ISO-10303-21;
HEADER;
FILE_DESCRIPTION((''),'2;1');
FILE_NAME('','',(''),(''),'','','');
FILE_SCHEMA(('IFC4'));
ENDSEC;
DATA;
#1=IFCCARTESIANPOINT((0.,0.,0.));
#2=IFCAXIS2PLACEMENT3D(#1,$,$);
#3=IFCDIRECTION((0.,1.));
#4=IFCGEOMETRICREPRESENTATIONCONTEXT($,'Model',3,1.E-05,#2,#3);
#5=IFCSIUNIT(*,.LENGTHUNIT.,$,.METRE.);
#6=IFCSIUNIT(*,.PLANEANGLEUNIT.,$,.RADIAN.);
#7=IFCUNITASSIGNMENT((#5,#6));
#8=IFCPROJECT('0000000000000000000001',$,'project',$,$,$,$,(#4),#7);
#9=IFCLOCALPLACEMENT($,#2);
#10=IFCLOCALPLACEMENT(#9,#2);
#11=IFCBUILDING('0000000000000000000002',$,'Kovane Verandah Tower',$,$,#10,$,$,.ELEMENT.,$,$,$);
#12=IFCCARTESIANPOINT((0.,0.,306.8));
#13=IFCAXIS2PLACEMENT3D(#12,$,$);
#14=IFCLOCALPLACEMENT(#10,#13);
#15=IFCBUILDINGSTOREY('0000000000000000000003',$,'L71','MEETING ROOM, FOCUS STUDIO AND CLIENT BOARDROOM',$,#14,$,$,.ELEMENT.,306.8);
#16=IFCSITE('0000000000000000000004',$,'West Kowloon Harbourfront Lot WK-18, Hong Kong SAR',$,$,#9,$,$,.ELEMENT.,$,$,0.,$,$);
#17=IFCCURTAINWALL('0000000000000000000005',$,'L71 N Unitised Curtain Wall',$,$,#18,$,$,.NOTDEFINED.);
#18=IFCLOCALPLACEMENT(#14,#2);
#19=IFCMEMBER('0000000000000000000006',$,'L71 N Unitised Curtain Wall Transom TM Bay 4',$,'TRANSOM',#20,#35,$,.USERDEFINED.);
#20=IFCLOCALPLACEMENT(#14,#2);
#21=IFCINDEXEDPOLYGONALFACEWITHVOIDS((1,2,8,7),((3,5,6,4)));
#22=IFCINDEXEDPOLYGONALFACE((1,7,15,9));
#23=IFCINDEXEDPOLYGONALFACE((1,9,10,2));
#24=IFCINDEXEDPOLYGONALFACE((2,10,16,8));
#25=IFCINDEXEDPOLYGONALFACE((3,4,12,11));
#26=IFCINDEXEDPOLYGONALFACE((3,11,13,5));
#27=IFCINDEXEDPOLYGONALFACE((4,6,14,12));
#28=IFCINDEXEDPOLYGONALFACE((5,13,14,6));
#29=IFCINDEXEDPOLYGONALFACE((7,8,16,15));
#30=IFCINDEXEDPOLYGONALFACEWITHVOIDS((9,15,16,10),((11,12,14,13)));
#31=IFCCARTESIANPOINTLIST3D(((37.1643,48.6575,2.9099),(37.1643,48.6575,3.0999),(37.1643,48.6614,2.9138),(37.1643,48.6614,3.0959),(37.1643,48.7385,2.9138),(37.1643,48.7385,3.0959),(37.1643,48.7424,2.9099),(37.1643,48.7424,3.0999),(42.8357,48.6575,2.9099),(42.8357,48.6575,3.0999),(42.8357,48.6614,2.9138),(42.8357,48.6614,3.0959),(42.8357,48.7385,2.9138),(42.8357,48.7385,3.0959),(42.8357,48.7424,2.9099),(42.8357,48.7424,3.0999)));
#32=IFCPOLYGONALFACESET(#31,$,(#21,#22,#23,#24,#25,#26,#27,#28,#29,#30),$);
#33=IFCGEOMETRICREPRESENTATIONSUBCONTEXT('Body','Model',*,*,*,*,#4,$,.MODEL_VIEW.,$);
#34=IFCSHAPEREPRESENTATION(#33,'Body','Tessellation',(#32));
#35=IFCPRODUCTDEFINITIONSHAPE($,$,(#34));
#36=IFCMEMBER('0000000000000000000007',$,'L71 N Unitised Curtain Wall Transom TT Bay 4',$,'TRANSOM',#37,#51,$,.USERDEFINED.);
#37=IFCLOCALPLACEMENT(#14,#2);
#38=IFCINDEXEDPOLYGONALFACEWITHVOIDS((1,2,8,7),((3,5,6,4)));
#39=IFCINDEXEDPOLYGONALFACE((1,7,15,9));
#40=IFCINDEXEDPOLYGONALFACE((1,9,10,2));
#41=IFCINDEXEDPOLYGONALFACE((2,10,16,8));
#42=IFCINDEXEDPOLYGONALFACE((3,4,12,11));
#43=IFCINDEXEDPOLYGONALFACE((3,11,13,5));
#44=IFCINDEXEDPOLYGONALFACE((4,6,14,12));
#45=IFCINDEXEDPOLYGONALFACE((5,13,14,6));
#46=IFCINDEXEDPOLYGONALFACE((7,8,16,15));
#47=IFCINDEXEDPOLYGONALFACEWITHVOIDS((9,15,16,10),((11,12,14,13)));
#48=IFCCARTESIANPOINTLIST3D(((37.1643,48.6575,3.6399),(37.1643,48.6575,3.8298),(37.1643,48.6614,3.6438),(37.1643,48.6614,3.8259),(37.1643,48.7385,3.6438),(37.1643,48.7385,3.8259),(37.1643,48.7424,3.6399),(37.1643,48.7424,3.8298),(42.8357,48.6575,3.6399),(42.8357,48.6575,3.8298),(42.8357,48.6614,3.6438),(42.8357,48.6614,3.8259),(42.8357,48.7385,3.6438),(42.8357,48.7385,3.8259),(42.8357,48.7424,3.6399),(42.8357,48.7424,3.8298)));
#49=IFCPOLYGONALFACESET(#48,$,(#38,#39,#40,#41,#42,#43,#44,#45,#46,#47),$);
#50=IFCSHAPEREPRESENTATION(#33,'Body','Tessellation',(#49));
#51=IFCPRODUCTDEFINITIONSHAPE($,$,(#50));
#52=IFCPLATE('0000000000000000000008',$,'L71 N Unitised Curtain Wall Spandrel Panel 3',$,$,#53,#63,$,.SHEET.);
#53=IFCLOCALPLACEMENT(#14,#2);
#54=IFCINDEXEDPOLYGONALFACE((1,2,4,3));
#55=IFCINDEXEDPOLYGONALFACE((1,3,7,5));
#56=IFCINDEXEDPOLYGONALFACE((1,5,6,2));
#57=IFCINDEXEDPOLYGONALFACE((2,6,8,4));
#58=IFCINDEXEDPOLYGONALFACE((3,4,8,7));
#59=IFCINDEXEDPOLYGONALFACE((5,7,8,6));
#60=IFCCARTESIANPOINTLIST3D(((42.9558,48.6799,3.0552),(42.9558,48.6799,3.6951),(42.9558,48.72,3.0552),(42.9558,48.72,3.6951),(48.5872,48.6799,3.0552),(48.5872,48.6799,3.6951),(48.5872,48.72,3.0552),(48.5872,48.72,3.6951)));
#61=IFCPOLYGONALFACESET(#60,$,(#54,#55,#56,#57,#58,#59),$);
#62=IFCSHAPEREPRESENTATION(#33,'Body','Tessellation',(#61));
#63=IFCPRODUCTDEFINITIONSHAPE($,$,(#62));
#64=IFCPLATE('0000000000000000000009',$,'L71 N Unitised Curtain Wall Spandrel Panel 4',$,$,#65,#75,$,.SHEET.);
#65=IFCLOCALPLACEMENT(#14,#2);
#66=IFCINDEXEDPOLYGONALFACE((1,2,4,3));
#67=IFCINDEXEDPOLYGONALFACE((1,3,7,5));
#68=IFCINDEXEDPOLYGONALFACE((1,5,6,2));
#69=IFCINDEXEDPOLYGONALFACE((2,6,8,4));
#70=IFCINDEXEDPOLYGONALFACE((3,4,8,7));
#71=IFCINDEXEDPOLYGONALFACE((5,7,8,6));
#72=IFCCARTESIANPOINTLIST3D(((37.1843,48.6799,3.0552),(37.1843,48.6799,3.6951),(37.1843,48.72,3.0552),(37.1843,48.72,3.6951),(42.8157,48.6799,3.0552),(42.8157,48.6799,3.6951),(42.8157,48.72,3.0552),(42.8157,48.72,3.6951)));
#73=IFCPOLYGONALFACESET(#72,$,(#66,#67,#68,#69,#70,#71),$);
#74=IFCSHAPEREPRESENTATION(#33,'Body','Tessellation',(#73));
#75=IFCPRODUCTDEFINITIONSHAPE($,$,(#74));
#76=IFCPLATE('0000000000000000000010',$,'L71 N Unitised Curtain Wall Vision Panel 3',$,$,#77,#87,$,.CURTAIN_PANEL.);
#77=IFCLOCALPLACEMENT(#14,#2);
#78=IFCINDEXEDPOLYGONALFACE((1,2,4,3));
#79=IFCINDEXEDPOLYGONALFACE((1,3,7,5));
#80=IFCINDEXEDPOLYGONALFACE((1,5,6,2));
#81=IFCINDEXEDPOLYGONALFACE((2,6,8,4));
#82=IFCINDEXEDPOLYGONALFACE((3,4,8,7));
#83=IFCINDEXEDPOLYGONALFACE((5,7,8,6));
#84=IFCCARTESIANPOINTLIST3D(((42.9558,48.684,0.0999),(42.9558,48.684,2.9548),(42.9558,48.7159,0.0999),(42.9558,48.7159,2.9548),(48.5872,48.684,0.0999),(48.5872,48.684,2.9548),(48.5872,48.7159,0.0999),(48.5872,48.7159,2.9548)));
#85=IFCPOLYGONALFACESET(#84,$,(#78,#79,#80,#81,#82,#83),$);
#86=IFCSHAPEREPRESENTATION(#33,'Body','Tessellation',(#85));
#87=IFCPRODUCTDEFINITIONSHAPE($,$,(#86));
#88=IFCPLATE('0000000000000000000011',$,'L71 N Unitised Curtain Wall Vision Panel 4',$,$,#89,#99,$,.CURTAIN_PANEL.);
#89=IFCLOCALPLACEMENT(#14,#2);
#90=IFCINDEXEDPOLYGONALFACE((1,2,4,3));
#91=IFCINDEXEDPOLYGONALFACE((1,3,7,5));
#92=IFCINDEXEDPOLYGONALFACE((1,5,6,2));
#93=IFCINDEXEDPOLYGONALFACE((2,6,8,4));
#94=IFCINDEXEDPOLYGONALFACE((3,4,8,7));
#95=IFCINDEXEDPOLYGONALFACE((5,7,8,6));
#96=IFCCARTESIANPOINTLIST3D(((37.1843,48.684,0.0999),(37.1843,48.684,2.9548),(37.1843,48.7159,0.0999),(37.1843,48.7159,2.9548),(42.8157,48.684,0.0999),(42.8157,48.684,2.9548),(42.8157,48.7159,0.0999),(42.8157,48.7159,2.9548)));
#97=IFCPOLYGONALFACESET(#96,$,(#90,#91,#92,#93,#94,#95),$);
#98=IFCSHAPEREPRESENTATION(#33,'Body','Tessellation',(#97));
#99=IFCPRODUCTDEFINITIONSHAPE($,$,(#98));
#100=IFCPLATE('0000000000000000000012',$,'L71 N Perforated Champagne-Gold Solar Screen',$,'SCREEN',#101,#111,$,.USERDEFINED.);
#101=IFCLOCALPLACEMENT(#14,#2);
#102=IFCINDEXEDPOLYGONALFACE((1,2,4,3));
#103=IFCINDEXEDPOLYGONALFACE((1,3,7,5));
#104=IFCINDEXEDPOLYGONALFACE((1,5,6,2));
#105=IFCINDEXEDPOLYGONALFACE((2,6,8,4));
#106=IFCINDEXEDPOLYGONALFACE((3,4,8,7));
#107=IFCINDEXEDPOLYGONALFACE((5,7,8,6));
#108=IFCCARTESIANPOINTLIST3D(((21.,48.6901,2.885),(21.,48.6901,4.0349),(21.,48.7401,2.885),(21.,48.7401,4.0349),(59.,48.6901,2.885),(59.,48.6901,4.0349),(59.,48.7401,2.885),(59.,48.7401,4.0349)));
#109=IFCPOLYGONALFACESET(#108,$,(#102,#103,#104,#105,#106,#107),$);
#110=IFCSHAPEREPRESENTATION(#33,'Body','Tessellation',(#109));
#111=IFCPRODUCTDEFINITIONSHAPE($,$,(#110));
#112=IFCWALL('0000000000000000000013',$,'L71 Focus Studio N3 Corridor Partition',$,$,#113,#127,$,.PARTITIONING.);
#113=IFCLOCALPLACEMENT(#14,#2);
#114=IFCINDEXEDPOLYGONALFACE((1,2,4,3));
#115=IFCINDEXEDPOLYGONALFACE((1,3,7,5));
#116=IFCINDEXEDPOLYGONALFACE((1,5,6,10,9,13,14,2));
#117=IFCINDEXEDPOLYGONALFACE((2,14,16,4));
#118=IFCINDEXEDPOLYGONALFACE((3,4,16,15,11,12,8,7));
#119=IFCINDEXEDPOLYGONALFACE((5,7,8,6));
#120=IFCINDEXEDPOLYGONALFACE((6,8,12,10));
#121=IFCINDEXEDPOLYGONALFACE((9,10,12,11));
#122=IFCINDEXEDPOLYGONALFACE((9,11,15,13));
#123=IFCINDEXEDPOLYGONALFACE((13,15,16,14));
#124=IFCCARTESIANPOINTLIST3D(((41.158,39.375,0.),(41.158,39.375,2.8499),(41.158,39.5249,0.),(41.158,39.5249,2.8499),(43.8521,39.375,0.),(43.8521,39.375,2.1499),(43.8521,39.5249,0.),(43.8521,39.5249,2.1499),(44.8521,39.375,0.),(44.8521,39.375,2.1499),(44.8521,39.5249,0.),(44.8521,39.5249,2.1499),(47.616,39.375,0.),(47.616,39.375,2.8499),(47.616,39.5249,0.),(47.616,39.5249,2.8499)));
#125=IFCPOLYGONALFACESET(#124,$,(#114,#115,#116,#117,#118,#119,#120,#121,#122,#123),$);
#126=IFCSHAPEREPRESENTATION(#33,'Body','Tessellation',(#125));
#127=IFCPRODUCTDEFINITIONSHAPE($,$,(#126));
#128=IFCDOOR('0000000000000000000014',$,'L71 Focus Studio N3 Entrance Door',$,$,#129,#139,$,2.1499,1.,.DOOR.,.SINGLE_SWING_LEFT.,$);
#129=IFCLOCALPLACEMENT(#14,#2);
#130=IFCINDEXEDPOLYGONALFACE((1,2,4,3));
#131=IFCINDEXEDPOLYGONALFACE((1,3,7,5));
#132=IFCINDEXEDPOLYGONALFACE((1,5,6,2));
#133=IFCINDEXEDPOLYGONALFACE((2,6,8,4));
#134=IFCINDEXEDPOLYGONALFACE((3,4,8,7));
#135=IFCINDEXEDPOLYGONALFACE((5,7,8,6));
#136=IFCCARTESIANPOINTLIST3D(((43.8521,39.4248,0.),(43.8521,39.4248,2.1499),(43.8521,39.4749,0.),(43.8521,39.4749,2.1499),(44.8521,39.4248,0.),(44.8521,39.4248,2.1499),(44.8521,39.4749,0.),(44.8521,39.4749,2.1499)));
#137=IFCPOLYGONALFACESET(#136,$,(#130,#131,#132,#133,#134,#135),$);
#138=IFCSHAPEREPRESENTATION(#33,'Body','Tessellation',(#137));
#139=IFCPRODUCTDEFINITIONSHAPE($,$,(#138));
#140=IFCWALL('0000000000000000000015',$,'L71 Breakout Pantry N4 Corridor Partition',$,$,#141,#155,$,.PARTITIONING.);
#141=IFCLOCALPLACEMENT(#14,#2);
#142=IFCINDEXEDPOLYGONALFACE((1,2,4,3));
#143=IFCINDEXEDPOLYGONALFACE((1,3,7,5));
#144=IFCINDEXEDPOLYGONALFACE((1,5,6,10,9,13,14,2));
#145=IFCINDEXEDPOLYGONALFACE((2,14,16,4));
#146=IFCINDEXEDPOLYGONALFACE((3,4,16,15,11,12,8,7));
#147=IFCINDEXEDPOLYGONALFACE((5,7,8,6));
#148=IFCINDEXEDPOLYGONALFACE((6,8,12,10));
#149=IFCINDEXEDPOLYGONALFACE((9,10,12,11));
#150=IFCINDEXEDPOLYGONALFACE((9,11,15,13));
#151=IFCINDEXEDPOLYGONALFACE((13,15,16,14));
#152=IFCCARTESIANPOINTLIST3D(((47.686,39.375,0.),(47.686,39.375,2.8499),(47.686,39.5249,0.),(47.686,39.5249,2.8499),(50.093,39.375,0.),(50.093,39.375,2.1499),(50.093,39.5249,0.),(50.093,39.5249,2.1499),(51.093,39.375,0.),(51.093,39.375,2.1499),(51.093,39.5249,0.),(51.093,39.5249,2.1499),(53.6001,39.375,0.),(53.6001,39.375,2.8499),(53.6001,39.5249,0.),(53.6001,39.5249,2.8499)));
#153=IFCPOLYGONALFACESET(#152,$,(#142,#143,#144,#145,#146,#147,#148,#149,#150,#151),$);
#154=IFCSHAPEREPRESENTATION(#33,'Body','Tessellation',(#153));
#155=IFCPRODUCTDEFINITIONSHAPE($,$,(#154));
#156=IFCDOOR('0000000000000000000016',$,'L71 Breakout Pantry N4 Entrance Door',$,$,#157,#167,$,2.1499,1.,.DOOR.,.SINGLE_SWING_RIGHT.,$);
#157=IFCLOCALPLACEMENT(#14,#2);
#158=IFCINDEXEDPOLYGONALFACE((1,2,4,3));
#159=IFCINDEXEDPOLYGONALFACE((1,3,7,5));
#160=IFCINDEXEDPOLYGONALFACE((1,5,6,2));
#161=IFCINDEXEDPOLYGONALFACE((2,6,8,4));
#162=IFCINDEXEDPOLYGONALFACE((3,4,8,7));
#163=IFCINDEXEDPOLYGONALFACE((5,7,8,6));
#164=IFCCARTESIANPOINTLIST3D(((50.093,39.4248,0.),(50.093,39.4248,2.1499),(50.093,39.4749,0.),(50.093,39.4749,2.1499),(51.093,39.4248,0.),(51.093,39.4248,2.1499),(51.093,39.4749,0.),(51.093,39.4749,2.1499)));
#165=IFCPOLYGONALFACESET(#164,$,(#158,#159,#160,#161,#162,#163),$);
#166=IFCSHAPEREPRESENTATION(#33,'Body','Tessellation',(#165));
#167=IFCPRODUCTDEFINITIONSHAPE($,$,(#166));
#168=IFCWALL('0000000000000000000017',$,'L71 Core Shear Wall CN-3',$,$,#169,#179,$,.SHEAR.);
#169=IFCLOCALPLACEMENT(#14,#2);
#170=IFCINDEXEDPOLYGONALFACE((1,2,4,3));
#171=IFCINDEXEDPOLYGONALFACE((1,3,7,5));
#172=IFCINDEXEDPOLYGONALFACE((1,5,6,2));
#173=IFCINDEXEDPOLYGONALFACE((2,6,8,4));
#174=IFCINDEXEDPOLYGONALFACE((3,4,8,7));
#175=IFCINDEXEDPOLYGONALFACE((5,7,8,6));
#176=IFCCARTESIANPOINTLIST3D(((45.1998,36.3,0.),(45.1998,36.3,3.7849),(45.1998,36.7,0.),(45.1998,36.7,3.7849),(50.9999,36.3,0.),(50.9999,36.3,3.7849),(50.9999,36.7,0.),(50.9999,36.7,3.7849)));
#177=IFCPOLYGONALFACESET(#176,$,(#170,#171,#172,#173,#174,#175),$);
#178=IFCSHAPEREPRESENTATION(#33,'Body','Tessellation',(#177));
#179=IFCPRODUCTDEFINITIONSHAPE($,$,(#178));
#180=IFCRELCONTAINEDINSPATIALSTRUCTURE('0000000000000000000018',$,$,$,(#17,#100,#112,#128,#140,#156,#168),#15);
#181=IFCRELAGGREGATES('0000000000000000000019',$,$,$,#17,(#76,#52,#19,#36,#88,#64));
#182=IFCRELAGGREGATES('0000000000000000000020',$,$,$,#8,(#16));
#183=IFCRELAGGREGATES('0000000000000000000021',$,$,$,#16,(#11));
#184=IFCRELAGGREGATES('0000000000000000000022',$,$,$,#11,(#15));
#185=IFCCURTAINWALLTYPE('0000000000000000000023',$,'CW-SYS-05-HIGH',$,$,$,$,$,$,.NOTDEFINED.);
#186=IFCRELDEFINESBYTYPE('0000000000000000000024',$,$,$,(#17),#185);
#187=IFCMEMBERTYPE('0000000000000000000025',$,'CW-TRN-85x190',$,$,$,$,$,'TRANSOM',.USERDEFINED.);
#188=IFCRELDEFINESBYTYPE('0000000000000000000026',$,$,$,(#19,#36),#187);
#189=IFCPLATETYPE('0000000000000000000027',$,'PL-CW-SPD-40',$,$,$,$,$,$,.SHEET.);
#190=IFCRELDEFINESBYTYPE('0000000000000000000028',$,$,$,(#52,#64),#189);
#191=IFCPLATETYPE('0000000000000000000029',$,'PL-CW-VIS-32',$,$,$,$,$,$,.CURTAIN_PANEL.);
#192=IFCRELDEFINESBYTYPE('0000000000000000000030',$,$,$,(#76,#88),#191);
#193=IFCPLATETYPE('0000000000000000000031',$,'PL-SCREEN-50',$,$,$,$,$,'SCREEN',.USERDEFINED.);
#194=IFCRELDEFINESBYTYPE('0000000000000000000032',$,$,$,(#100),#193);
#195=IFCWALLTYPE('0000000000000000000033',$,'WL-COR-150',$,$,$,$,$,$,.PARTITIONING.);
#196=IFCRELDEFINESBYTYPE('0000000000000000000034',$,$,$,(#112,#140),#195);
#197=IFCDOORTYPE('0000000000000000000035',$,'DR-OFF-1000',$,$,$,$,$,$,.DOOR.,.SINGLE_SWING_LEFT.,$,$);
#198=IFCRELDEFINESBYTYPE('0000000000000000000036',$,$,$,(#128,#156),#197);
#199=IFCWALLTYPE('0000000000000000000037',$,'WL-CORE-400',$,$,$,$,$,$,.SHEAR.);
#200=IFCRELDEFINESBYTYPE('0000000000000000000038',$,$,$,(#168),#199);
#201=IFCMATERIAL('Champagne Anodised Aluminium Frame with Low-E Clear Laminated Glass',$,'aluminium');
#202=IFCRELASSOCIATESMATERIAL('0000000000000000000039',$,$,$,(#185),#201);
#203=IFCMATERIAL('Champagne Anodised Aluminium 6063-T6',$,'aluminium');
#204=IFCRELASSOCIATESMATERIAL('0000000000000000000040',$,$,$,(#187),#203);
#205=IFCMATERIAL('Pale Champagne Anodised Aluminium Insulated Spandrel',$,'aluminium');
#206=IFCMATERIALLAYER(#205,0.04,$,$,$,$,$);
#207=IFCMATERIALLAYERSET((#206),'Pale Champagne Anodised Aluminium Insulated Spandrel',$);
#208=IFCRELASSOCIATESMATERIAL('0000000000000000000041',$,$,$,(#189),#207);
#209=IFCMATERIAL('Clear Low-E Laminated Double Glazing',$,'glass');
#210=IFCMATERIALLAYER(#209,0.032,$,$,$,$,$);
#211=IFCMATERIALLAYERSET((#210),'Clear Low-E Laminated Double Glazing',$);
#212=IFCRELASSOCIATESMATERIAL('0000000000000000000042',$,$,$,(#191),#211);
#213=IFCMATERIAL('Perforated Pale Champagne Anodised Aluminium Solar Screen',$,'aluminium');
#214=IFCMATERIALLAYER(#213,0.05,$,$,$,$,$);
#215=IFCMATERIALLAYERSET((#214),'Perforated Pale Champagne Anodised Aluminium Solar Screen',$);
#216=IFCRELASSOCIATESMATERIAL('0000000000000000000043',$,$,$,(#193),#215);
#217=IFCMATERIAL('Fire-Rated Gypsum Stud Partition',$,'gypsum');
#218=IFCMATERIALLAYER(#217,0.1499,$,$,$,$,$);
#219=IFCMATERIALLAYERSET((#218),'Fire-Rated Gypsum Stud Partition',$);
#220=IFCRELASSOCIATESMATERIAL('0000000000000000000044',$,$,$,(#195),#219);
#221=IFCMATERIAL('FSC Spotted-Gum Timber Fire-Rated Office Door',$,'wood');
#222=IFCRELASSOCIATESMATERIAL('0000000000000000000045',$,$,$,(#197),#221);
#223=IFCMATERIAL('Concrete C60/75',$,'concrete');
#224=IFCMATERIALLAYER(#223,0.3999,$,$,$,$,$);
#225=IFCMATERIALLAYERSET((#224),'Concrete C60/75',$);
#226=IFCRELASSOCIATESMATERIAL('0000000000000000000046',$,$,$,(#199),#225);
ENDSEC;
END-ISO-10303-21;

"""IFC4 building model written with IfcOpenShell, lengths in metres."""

from ifc_helpers import new_model, si_unit, direction, frame, frame_2d, origin, origin_2d, place, context, subcontext, project, spatial, rectangle, hollow_rectangle, extrude, material, layer, layer_set, material_profile, profile_set, type_object, element, fill, aggregate, save


model = new_model("IFC4")

# Units and contexts
model_context = context("Model", 3, precision=1e-05, world=origin(), true_north=direction((0.0, 1.0)))
body_context = subcontext(model_context, "Body", "Model", "MODEL_VIEW")
ifc_project = project(units=[si_unit("LENGTHUNIT", "METRE"), si_unit("PLANEANGLEUNIT", "RADIAN")], contexts=[model_context])

# Site, building, storey
site_placement = place(None, origin())
site = spatial("IfcSite", under=ifc_project, at=site_placement, Name="West Kowloon Harbourfront Lot WK-18, Hong Kong SAR", CompositionType="ELEMENT", RefElevation=0.0)
building_placement = place(site_placement, origin())
building = spatial("IfcBuilding", under=site, at=building_placement, Name="Kovane Verandah Tower", CompositionType="ELEMENT")
storey_placement = place(building_placement, frame((0.0, 0.0, 306.8)))
storey = spatial("IfcBuildingStorey", under=building, at=storey_placement, Name="L71", Description="MEETING ROOM, FOCUS STUDIO AND CLIENT BOARDROOM", CompositionType="ELEMENT", Elevation=306.8)

# Shared definitions
ifc_material_1 = material(Name="Concrete C60/75", Category="concrete")

# Curtain wall, members, plates
ifc_material_2 = material(Name="Champagne Anodised Aluminium Frame with Low-E Clear Laminated Glass", Category="aluminium")
curtain_wall_type = type_object("IfcCurtainWallType", Name="CW-SYS-05-HIGH", PredefinedType="NOTDEFINED", material=ifc_material_2)
curtain_wall_placement = place(storey_placement, origin())
curtain_wall = element("IfcCurtainWall", 1, at=curtain_wall_placement, inside=storey, type_object=curtain_wall_type, Name="L71 N Unitised Curtain Wall", PredefinedType="NOTDEFINED")
ifc_material_3 = material(Name="Champagne Anodised Aluminium 6063-T6", Category="aluminium")
ifc_material_profile_1 = material_profile(ifc_material_3, hollow_rectangle(XDim=0.085, YDim=0.1899, WallThickness=0.0039, at=origin_2d()), Name="AL85x190x4")
ifc_profile_set_1 = profile_set([ifc_material_profile_1], Name="Champagne Anodised Aluminium 6063-T6")
member_type_1 = type_object("IfcMemberType", Name="CW-TRN-85x190", ElementType="TRANSOM", PredefinedType="USERDEFINED", material=ifc_profile_set_1)
member_1_placement = place(storey_placement, frame((42.8357, 48.7, 3.0049), z_axis=(-1.0, 0.0, 0.0), x_axis=(0.0, -1.0, 0.0)))
member_1 = element("IfcMember", 2, at=member_1_placement, type_object=member_type_1, Name="L71 N Unitised Curtain Wall Transom TM Bay 4", ObjectType="TRANSOM", PredefinedType="USERDEFINED", context=body_context, shape_type="SweptSolid", body=[
    extrude(hollow_rectangle(XDim=0.085, YDim=0.1899, WallThickness=0.0039, at=origin_2d()), origin(), (0.0, 0.0, 1.0), 5.6714),
])
member_2_placement = place(storey_placement, frame((42.8357, 48.7, 3.7349), z_axis=(-1.0, 0.0, 0.0), x_axis=(0.0, -1.0, 0.0)))
member_2 = element("IfcMember", 3, at=member_2_placement, type_object=member_type_1, Name="L71 N Unitised Curtain Wall Transom TT Bay 4", ObjectType="TRANSOM", PredefinedType="USERDEFINED", context=body_context, shape_type="SweptSolid", body=[
    extrude(hollow_rectangle(XDim=0.085, YDim=0.1899, WallThickness=0.0039, at=origin_2d()), origin(), (0.0, 0.0, 1.0), 5.6714),
])
ifc_material_4 = material(Name="Pale Champagne Anodised Aluminium Insulated Spandrel", Category="aluminium")
ifc_layer_1 = layer(ifc_material_4, 0.04)
ifc_layer_set_1 = layer_set([ifc_layer_1], Name="Pale Champagne Anodised Aluminium Insulated Spandrel")
plate_type_1 = type_object("IfcPlateType", Name="PL-CW-SPD-40", PredefinedType="SHEET", material=ifc_layer_set_1)
plate_1_placement = place(storey_placement, frame((45.7715, 48.7, 3.0552), z_axis=(0.0, 0.0, 1.0), x_axis=(-1.0, 0.0, 0.0)))
plate_1 = element("IfcPlate", 4, at=plate_1_placement, type_object=plate_type_1, Name="L71 N Unitised Curtain Wall Spandrel Panel 3", PredefinedType="SHEET", context=body_context, shape_type="SweptSolid", body=[
    extrude(rectangle(XDim=5.6313, YDim=0.04, at=origin_2d()), origin(), (0.0, 0.0, 1.0), 0.6399),
])
plate_2_placement = place(storey_placement, frame((40.0, 48.7, 3.0552), z_axis=(0.0, 0.0, 1.0), x_axis=(-1.0, 0.0, 0.0)))
plate_2 = element("IfcPlate", 5, at=plate_2_placement, type_object=plate_type_1, Name="L71 N Unitised Curtain Wall Spandrel Panel 4", PredefinedType="SHEET", context=body_context, shape_type="SweptSolid", body=[
    extrude(rectangle(XDim=5.6313, YDim=0.04, at=origin_2d()), origin(), (0.0, 0.0, 1.0), 0.6399),
])
ifc_material_5 = material(Name="Clear Low-E Laminated Double Glazing", Category="glass")
ifc_layer_2 = layer(ifc_material_5, 0.032)
ifc_layer_set_2 = layer_set([ifc_layer_2], Name="Clear Low-E Laminated Double Glazing")
plate_type_2 = type_object("IfcPlateType", Name="PL-CW-VIS-32", PredefinedType="CURTAIN_PANEL", material=ifc_layer_set_2)
plate_3_placement = place(storey_placement, frame((45.7715, 48.7, 0.0999), z_axis=(0.0, 0.0, 1.0), x_axis=(-1.0, 0.0, 0.0)))
plate_3 = element("IfcPlate", 6, at=plate_3_placement, type_object=plate_type_2, Name="L71 N Unitised Curtain Wall Vision Panel 3", PredefinedType="CURTAIN_PANEL", context=body_context, shape_type="SweptSolid", body=[
    extrude(rectangle(XDim=5.6313, YDim=0.032, at=origin_2d()), origin(), (0.0, 0.0, 1.0), 2.855),
])
plate_4_placement = place(storey_placement, frame((40.0, 48.7, 0.0999), z_axis=(0.0, 0.0, 1.0), x_axis=(-1.0, 0.0, 0.0)))
plate_4 = element("IfcPlate", 7, at=plate_4_placement, type_object=plate_type_2, Name="L71 N Unitised Curtain Wall Vision Panel 4", PredefinedType="CURTAIN_PANEL", context=body_context, shape_type="SweptSolid", body=[
    extrude(rectangle(XDim=5.6313, YDim=0.032, at=origin_2d()), origin(), (0.0, 0.0, 1.0), 2.855),
])
aggregate(curtain_wall, [plate_3, plate_1, member_1, member_2, plate_4, plate_2])

# Plate
ifc_material_6 = material(Name="Perforated Pale Champagne Anodised Aluminium Solar Screen", Category="aluminium")
ifc_layer_3 = layer(ifc_material_6, 0.05)
ifc_layer_set_3 = layer_set([ifc_layer_3], Name="Perforated Pale Champagne Anodised Aluminium Solar Screen")
plate_type_3 = type_object("IfcPlateType", Name="PL-SCREEN-50", ElementType="SCREEN", PredefinedType="USERDEFINED", material=ifc_layer_set_3)
plate_5_placement = place(storey_placement, frame((40.0, 48.7151, 2.885), z_axis=(0.0, 0.0, 1.0), x_axis=(-1.0, 0.0, 0.0)))
element("IfcPlate", 8, at=plate_5_placement, inside=storey, type_object=plate_type_3, Name="L71 N Perforated Champagne-Gold Solar Screen", ObjectType="SCREEN", PredefinedType="USERDEFINED", context=body_context, shape_type="SweptSolid", body=[
    extrude(rectangle(XDim=38.0, YDim=0.05, at=origin_2d()), origin(), (0.0, 0.0, 1.0), 1.1499),
])

# Walls, openings, doors
ifc_material_7 = material(Name="Fire-Rated Gypsum Stud Partition", Category="gypsum")
ifc_layer_4 = layer(ifc_material_7, 0.1499)
ifc_layer_set_4 = layer_set([ifc_layer_4], Name="Fire-Rated Gypsum Stud Partition")
wall_type_1 = type_object("IfcWallType", Name="WL-COR-150", PredefinedType="PARTITIONING", material=ifc_layer_set_4)
wall_1_placement = place(storey_placement, frame((41.158, 39.45, 0.0), z_axis=(0.0, 0.0, 1.0), x_axis=(1.0, 0.0, 0.0)))
wall_1 = element("IfcWall", 9, at=wall_1_placement, inside=storey, type_object=wall_type_1, Name="L71 Focus Studio N3 Corridor Partition", PredefinedType="PARTITIONING", context=body_context, shape_type="SweptSolid", body=[
    extrude(rectangle(XDim=6.458, YDim=0.1499, at=frame_2d((3.229, 0.0))), origin(), (0.0, 0.0, 1.0), 2.8499),
])
opening_1_placement = place(wall_1_placement, frame((2.6941, 0.0, 0.0)))
opening_1 = element("IfcOpeningElement", 10, at=opening_1_placement, cuts=wall_1, PredefinedType="OPENING", context=body_context, shape_type="SweptSolid", body=[
    extrude(rectangle(XDim=1.0, YDim=2.1499, at=frame_2d((0.5, 1.075))), frame((0.0, 0.075, 0.0), z_axis=(0.0, -1.0, 0.0), x_axis=(1.0, 0.0, 0.0)), (0.0, 0.0, 1.0), 0.1499),
])
ifc_material_8 = material(Name="FSC Spotted-Gum Timber Fire-Rated Office Door", Category="wood")
door_type = type_object("IfcDoorType", Name="DR-OFF-1000", OperationType="SINGLE_SWING_LEFT", PredefinedType="DOOR", material=ifc_material_8)
door_1_placement = place(opening_1_placement, origin())
door_1 = element("IfcDoor", 11, at=door_1_placement, inside=storey, type_object=door_type, Name="L71 Focus Studio N3 Entrance Door", OperationType="SINGLE_SWING_LEFT", OverallHeight=2.1499, OverallWidth=1.0, PredefinedType="DOOR", context=body_context, shape_type="SweptSolid", body=[
    extrude(rectangle(XDim=1.0, YDim=2.1499, at=frame_2d((0.5, 1.075))), frame((0.0, 0.0249, 0.0), z_axis=(0.0, -1.0, 0.0), x_axis=(1.0, 0.0, 0.0)), (0.0, 0.0, 1.0), 0.05),
])
fill(opening_1, door_1)
wall_2_placement = place(storey_placement, frame((47.686, 39.45, 0.0), z_axis=(0.0, 0.0, 1.0), x_axis=(1.0, 0.0, 0.0)))
wall_2 = element("IfcWall", 12, at=wall_2_placement, inside=storey, type_object=wall_type_1, Name="L71 Breakout Pantry N4 Corridor Partition", PredefinedType="PARTITIONING", context=body_context, shape_type="SweptSolid", body=[
    extrude(rectangle(XDim=5.9141, YDim=0.1499, at=frame_2d((2.957, 0.0))), origin(), (0.0, 0.0, 1.0), 2.8499),
])
opening_2_placement = place(wall_2_placement, frame((2.407, 0.0, 0.0)))
opening_2 = element("IfcOpeningElement", 13, at=opening_2_placement, cuts=wall_2, PredefinedType="OPENING", context=body_context, shape_type="SweptSolid", body=[
    extrude(rectangle(XDim=1.0, YDim=2.1499, at=frame_2d((0.5, 1.075))), frame((0.0, 0.075, 0.0), z_axis=(0.0, -1.0, 0.0), x_axis=(1.0, 0.0, 0.0)), (0.0, 0.0, 1.0), 0.1499),
])
door_2_placement = place(opening_2_placement, origin())
door_2 = element("IfcDoor", 14, at=door_2_placement, inside=storey, type_object=door_type, Name="L71 Breakout Pantry N4 Entrance Door", OperationType="SINGLE_SWING_RIGHT", OverallHeight=2.1499, OverallWidth=1.0, PredefinedType="DOOR", context=body_context, shape_type="SweptSolid", body=[
    extrude(rectangle(XDim=1.0, YDim=2.1499, at=frame_2d((0.5, 1.075))), frame((0.0, 0.0249, 0.0), z_axis=(0.0, -1.0, 0.0), x_axis=(1.0, 0.0, 0.0)), (0.0, 0.0, 1.0), 0.05),
])
fill(opening_2, door_2)

# Wall
ifc_layer_5 = layer(ifc_material_1, 0.3999)
ifc_layer_set_5 = layer_set([ifc_layer_5], Name="Concrete C60/75")
wall_type_2 = type_object("IfcWallType", Name="WL-CORE-400", PredefinedType="SHEAR", material=ifc_layer_set_5)
wall_3_placement = place(storey_placement, frame((45.2, 36.5, 0.0), z_axis=(0.0, 0.0, 1.0), x_axis=(1.0, 0.0, 0.0)))
element("IfcWall", 15, at=wall_3_placement, inside=storey, type_object=wall_type_2, Name="L71 Core Shear Wall CN-3", PredefinedType="SHEAR", context=body_context, shape_type="SweptSolid", body=[
    extrude(rectangle(XDim=5.8, YDim=0.3999, at=frame_2d((2.8999, 0.0))), origin(), (0.0, 0.0, 1.0), 3.7849),
])

save(model, "model.ifc")
